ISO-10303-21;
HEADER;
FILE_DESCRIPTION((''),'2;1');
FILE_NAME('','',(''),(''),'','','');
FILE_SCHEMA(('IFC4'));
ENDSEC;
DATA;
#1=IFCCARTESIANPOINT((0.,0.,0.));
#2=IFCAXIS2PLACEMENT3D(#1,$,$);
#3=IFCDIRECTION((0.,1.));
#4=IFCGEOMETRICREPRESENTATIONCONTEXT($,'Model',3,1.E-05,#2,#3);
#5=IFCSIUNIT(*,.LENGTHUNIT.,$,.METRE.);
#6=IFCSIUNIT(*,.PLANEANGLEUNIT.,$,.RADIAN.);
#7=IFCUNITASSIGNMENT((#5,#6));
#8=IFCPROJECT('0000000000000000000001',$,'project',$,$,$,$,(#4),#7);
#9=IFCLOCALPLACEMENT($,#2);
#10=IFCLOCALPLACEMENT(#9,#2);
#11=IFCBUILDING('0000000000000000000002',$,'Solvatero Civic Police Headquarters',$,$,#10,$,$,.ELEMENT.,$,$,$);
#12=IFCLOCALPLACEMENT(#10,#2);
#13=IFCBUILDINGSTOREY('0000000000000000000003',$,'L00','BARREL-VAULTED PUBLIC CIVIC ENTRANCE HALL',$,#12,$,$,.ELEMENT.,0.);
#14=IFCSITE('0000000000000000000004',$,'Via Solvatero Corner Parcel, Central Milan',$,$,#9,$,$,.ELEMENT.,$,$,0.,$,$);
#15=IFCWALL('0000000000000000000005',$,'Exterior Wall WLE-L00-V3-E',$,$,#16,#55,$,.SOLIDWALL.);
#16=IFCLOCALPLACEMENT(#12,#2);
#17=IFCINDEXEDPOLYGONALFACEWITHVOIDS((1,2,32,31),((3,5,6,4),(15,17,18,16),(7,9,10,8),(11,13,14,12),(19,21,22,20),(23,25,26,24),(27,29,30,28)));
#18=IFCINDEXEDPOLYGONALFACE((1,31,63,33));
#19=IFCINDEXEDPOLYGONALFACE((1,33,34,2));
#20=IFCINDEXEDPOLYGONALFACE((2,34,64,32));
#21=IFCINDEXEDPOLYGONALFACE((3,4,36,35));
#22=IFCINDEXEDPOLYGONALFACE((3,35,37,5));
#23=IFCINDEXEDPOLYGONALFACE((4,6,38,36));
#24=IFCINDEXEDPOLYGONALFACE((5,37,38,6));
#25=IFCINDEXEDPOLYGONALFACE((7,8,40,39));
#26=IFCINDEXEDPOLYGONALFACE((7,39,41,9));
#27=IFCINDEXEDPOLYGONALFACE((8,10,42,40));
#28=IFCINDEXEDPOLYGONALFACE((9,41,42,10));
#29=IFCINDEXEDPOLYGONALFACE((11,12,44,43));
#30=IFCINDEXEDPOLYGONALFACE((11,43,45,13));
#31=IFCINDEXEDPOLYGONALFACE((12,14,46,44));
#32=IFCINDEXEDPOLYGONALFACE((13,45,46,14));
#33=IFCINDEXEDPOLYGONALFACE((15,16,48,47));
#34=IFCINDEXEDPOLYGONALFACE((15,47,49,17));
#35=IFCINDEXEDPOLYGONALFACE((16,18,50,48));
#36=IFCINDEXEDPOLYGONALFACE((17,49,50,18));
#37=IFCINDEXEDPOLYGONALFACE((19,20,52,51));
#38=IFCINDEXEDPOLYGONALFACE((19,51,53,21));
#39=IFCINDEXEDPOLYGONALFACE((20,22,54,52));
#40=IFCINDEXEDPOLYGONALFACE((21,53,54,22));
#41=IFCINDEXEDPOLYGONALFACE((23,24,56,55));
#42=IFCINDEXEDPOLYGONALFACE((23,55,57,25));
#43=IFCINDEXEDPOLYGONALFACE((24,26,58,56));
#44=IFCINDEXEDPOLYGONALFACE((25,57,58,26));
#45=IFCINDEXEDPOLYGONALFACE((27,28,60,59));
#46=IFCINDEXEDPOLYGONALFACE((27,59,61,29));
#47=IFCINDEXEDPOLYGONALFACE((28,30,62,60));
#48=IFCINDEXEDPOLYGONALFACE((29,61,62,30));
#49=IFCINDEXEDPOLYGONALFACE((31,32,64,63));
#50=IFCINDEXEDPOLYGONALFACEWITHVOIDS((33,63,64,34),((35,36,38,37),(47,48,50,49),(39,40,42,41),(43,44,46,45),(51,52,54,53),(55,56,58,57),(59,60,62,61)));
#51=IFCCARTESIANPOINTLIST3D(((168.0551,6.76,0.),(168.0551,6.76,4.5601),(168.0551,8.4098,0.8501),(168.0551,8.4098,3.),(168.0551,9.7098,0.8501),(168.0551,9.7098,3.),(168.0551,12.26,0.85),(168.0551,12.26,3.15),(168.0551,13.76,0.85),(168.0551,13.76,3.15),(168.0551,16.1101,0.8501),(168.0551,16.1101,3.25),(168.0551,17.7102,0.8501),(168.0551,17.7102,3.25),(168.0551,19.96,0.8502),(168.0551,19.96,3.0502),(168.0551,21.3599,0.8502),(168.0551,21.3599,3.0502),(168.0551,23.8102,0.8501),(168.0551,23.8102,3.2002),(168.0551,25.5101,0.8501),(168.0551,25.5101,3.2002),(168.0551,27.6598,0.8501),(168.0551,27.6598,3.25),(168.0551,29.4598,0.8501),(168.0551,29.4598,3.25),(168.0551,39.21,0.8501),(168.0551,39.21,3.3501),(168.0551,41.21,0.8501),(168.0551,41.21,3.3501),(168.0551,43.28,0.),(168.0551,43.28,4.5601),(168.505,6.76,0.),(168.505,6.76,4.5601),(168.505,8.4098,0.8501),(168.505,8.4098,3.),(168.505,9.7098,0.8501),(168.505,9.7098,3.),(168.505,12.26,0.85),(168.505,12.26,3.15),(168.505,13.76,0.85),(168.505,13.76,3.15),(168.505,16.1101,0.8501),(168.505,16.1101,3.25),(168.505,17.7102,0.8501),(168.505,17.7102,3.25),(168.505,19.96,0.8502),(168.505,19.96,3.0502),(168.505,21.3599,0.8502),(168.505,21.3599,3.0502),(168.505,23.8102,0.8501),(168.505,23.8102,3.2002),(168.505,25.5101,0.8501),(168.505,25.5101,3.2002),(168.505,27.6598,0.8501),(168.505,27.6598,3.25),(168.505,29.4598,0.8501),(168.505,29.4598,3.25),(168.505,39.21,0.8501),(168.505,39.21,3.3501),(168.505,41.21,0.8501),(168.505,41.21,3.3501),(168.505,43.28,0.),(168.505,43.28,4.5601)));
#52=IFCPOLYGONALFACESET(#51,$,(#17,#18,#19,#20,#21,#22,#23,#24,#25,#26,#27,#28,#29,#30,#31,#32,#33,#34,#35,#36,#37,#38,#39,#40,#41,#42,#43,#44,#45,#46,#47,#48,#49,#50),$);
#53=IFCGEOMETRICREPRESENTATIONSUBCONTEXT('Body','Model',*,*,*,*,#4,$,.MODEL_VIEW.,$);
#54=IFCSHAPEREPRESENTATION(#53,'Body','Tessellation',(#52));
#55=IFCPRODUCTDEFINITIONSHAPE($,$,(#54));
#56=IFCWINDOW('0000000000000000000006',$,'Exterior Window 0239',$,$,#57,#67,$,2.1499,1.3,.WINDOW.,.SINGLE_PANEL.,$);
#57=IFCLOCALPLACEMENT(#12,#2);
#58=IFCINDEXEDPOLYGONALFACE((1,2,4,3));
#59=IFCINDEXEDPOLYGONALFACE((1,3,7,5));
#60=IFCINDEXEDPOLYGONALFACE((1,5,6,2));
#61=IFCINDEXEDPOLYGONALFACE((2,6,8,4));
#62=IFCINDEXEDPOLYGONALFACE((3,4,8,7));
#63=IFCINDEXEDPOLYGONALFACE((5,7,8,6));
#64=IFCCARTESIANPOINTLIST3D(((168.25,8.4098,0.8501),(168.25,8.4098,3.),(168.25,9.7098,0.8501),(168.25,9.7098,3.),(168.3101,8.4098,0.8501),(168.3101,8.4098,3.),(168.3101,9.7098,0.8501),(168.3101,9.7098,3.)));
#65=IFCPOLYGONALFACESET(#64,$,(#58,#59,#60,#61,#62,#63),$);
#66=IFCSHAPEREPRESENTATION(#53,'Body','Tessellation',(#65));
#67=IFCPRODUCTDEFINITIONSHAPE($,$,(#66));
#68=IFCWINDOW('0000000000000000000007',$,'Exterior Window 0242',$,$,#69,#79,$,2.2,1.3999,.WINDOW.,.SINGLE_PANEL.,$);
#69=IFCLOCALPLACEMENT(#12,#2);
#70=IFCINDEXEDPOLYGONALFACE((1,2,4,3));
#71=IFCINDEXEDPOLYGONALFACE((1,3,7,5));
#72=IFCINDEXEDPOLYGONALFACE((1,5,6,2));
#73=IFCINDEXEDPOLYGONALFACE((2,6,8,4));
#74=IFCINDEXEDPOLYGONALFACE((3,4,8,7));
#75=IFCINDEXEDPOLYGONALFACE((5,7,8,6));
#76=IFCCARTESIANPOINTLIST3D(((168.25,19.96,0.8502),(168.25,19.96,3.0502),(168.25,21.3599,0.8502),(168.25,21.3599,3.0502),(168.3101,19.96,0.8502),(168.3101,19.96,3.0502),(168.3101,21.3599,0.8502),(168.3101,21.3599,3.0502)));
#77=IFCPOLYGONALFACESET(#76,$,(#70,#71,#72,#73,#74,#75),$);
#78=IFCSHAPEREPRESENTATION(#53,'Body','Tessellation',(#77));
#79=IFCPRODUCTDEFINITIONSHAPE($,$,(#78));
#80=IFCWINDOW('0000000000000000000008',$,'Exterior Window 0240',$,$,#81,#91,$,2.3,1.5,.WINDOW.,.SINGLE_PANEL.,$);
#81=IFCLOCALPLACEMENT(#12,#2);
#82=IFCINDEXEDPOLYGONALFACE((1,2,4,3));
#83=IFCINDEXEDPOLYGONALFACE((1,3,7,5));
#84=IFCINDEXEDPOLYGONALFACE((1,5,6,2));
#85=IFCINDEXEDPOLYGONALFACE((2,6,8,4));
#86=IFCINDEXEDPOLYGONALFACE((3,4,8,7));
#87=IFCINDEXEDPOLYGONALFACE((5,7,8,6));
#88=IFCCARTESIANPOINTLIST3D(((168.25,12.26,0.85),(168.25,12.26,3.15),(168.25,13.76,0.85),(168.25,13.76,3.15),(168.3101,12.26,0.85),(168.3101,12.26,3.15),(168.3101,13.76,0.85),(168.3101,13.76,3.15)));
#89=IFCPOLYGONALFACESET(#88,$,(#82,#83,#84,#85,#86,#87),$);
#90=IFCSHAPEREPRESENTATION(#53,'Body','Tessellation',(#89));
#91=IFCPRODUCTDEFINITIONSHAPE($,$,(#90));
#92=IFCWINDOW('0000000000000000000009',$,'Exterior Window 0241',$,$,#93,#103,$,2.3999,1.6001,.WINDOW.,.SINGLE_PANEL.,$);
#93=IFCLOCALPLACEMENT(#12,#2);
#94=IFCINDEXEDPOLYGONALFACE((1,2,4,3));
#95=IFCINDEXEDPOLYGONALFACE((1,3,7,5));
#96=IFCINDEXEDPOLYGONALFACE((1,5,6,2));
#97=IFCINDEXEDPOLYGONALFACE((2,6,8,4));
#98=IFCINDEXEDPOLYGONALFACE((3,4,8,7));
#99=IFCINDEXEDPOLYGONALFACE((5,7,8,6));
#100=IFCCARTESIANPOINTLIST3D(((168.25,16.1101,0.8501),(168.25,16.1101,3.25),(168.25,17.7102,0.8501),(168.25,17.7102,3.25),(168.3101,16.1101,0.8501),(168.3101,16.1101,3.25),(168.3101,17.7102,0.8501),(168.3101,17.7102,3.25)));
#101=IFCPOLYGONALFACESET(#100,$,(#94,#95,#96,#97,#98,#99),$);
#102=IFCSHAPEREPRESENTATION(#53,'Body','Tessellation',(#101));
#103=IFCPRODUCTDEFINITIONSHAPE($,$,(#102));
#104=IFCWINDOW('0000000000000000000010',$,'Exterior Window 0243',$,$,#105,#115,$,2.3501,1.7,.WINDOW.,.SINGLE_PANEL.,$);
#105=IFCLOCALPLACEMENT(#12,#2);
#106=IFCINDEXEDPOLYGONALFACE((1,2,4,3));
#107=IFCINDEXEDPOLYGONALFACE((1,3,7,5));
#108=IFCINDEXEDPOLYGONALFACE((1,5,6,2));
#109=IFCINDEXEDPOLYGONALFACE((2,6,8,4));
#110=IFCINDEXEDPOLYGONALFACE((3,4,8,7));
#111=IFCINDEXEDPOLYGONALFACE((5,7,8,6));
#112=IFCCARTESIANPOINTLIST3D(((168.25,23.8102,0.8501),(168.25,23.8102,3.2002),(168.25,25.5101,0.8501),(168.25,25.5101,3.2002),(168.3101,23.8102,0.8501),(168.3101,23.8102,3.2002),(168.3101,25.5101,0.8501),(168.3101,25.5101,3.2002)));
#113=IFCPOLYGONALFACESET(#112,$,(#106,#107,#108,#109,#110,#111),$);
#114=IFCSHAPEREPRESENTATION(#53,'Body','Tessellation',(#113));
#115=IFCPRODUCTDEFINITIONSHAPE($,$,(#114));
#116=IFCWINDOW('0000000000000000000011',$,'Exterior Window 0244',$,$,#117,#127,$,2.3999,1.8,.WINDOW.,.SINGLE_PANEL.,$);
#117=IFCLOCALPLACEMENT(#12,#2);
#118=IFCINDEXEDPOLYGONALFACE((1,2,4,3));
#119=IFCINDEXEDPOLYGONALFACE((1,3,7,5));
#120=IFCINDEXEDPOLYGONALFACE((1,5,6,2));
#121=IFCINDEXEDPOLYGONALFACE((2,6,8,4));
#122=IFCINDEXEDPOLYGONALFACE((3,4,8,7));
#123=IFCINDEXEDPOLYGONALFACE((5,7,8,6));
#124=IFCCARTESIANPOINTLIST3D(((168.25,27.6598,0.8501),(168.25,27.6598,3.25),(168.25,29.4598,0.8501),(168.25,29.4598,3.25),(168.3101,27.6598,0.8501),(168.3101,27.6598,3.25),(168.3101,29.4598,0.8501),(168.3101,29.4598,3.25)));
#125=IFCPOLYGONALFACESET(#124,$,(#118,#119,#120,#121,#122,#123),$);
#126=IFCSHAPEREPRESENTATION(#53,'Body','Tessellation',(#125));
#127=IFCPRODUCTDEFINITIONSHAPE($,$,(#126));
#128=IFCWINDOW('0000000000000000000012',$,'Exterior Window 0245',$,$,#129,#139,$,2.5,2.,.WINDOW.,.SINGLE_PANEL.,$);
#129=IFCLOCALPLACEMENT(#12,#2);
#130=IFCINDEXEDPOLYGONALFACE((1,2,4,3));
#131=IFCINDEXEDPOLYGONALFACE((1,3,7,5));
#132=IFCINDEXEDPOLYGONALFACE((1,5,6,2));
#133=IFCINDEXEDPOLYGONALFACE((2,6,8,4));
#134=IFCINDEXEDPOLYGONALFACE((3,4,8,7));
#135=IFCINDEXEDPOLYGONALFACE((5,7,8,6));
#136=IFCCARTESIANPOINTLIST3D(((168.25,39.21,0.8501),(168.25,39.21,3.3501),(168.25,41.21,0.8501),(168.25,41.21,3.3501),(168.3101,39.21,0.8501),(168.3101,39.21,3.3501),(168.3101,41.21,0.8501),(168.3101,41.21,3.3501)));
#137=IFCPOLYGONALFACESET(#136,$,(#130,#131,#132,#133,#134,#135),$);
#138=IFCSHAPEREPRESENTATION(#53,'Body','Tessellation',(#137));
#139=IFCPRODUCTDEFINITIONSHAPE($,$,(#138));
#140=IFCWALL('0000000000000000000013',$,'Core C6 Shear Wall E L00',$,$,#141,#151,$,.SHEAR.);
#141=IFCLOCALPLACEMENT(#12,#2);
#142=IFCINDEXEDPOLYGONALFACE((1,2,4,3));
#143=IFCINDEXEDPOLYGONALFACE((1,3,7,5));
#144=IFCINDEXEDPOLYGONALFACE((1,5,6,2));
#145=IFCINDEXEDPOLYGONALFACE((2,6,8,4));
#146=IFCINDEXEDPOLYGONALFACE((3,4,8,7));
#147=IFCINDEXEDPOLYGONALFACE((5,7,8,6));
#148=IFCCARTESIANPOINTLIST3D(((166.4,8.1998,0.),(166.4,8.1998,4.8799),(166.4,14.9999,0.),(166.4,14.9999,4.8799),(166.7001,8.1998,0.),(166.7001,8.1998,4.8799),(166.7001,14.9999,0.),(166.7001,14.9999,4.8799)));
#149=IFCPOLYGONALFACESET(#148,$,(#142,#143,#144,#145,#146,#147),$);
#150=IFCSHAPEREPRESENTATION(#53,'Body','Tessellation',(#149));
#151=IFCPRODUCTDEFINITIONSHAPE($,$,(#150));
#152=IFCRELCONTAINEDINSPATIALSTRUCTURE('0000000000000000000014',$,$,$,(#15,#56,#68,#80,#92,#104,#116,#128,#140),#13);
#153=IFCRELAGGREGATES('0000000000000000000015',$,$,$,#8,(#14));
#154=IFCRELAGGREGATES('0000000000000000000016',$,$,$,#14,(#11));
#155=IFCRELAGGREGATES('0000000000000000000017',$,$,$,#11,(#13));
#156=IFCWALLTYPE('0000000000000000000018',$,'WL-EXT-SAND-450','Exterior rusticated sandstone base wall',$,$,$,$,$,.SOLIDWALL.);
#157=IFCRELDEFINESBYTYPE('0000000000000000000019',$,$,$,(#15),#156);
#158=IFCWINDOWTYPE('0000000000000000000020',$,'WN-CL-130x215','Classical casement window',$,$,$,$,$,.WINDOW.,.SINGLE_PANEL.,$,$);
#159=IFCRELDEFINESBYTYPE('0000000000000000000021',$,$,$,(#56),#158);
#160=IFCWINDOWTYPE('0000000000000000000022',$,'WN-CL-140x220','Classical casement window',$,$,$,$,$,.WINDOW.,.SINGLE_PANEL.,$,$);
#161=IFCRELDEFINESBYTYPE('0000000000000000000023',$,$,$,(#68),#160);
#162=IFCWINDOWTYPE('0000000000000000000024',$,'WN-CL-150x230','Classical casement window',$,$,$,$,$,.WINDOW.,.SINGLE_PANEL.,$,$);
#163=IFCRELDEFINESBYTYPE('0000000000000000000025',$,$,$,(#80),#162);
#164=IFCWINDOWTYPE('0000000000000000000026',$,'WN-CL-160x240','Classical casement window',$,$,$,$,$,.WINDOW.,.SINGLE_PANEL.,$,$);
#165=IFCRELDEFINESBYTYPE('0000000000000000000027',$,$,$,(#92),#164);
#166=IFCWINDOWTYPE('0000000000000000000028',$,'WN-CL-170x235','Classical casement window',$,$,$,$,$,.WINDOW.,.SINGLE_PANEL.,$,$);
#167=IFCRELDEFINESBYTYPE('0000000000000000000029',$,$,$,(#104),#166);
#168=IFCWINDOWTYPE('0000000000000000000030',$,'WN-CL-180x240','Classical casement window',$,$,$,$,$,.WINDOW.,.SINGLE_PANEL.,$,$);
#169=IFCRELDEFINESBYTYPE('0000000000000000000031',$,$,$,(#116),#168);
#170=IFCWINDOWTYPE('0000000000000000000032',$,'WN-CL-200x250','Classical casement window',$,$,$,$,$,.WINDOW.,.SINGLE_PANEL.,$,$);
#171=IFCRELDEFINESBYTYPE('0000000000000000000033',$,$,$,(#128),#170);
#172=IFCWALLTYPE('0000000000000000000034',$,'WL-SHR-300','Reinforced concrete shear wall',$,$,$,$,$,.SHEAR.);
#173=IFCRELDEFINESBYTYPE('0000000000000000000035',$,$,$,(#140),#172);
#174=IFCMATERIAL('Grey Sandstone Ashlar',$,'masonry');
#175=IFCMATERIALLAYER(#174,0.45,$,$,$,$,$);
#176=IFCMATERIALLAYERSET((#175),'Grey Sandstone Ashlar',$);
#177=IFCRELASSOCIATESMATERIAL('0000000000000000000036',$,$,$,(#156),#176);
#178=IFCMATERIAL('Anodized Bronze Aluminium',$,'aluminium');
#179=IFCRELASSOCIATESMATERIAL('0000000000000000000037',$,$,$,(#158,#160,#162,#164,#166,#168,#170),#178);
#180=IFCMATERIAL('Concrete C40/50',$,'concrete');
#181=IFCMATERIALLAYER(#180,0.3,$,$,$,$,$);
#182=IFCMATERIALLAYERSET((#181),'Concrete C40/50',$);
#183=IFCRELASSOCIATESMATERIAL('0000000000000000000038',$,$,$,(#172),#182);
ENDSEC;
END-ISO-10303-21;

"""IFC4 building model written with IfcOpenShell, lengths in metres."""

from ifc_helpers import new_model, si_unit, direction, frame, frame_2d, origin, place, context, subcontext, project, spatial, rectangle, extrude, material, layer, layer_set, type_object, element, fill, save


model = new_model("IFC4")

# Units and contexts
model_context = context("Model", 3, precision=1e-05, world=origin(), true_north=direction((0.0, 1.0)))
body_context = subcontext(model_context, "Body", "Model", "MODEL_VIEW")
ifc_project = project(units=[si_unit("LENGTHUNIT", "METRE"), si_unit("PLANEANGLEUNIT", "RADIAN")], contexts=[model_context])

# Site, building, storey
site_placement = place(None, origin())
site = spatial("IfcSite", under=ifc_project, at=site_placement, Name="Via Solvatero Corner Parcel, Central Milan", CompositionType="ELEMENT", RefElevation=0.0)
building_placement = place(site_placement, origin())
building = spatial("IfcBuilding", under=site, at=building_placement, Name="Solvatero Civic Police Headquarters", CompositionType="ELEMENT")
storey_placement = place(building_placement, origin())
storey = spatial("IfcBuildingStorey", under=building, at=storey_placement, Name="L00", Description="BARREL-VAULTED PUBLIC CIVIC ENTRANCE HALL", CompositionType="ELEMENT", Elevation=0.0)

# Shared definitions
ifc_material_1 = material(Name="Concrete C40/50", Category="concrete")

# Wall, openings, windows
ifc_material_2 = material(Name="Grey Sandstone Ashlar", Category="masonry")
ifc_layer_1 = layer(ifc_material_2, 0.45)
ifc_layer_set_1 = layer_set([ifc_layer_1], Name="Grey Sandstone Ashlar")
wall_type_1 = type_object("IfcWallType", Name="WL-EXT-SAND-450", Description="Exterior rusticated sandstone base wall", PredefinedType="SOLIDWALL", material=ifc_layer_set_1)
wall_1_placement = place(storey_placement, frame((168.28, 6.76, 0.0), z_axis=(0.0, 0.0, 1.0), x_axis=(0.0, 1.0, 0.0)))
wall_1 = element("IfcWall", 1, at=wall_1_placement, inside=storey, type_object=wall_type_1, Name="Exterior Wall WLE-L00-V3-E", PredefinedType="SOLIDWALL", context=body_context, shape_type="SweptSolid", body=[
    extrude(rectangle(XDim=36.52, YDim=0.45, at=frame_2d((18.26, 0.0))), origin(), (0.0, 0.0, 1.0), 4.5601),
])
opening_1_placement = place(wall_1_placement, frame((1.6499, 0.0, 0.8501)))
opening_1 = element("IfcOpeningElement", 2, at=opening_1_placement, cuts=wall_1, PredefinedType="OPENING", context=body_context, shape_type="SweptSolid", body=[
    extrude(rectangle(XDim=1.3, YDim=2.1499, at=frame_2d((0.6499, 1.075))), frame((0.0, 0.2349, 0.0), z_axis=(0.0, -1.0, 0.0), x_axis=(1.0, 0.0, 0.0)), (0.0, 0.0, 1.0), 0.47),
])
opening_2_placement = place(wall_1_placement, frame((5.5, 0.0, 0.8501)))
opening_2 = element("IfcOpeningElement", 3, at=opening_2_placement, cuts=wall_1, PredefinedType="OPENING", context=body_context, shape_type="SweptSolid", body=[
    extrude(rectangle(XDim=1.5, YDim=2.3, at=frame_2d((0.75, 1.1499))), frame((0.0, 0.2349, 0.0), z_axis=(0.0, -1.0, 0.0), x_axis=(1.0, 0.0, 0.0)), (0.0, 0.0, 1.0), 0.47),
])
opening_3_placement = place(wall_1_placement, frame((9.3501, 0.0, 0.8501)))
opening_3 = element("IfcOpeningElement", 4, at=opening_3_placement, cuts=wall_1, PredefinedType="OPENING", context=body_context, shape_type="SweptSolid", body=[
    extrude(rectangle(XDim=1.6001, YDim=2.3999, at=frame_2d((0.8, 1.2))), frame((0.0, 0.2349, 0.0), z_axis=(0.0, -1.0, 0.0), x_axis=(1.0, 0.0, 0.0)), (0.0, 0.0, 1.0), 0.47),
])
opening_4_placement = place(wall_1_placement, frame((13.2, 0.0, 0.8501)))
opening_4 = element("IfcOpeningElement", 5, at=opening_4_placement, cuts=wall_1, PredefinedType="OPENING", context=body_context, shape_type="SweptSolid", body=[
    extrude(rectangle(XDim=1.3999, YDim=2.2, at=frame_2d((0.7, 1.1001))), frame((0.0, 0.2349, 0.0), z_axis=(0.0, -1.0, 0.0), x_axis=(1.0, 0.0, 0.0)), (0.0, 0.0, 1.0), 0.47),
])
opening_5_placement = place(wall_1_placement, frame((17.05, 0.0, 0.8501)))
opening_5 = element("IfcOpeningElement", 6, at=opening_5_placement, cuts=wall_1, PredefinedType="OPENING", context=body_context, shape_type="SweptSolid", body=[
    extrude(rectangle(XDim=1.7, YDim=2.3501, at=frame_2d((0.8501, 1.175))), frame((0.0, 0.2349, 0.0), z_axis=(0.0, -1.0, 0.0), x_axis=(1.0, 0.0, 0.0)), (0.0, 0.0, 1.0), 0.47),
])
opening_6_placement = place(wall_1_placement, frame((20.8999, 0.0, 0.8501)))
opening_6 = element("IfcOpeningElement", 7, at=opening_6_placement, cuts=wall_1, PredefinedType="OPENING", context=body_context, shape_type="SweptSolid", body=[
    extrude(rectangle(XDim=1.8, YDim=2.3999, at=frame_2d((0.8999, 1.2))), frame((0.0, 0.2349, 0.0), z_axis=(0.0, -1.0, 0.0), x_axis=(1.0, 0.0, 0.0)), (0.0, 0.0, 1.0), 0.47),
])
opening_7_placement = place(wall_1_placement, frame((32.45, 0.0, 0.8501)))
opening_7 = element("IfcOpeningElement", 8, at=opening_7_placement, cuts=wall_1, PredefinedType="OPENING", context=body_context, shape_type="SweptSolid", body=[
    extrude(rectangle(XDim=2.0, YDim=2.5, at=frame_2d((1.0, 1.25))), frame((0.0, 0.2349, 0.0), z_axis=(0.0, -1.0, 0.0), x_axis=(1.0, 0.0, 0.0)), (0.0, 0.0, 1.0), 0.47),
])
ifc_material_3 = material(Name="Anodized Bronze Aluminium", Category="aluminium")
window_type_1 = type_object("IfcWindowType", Name="WN-CL-130x215", Description="Classical casement window", PartitioningType="SINGLE_PANEL", PredefinedType="WINDOW", material=ifc_material_3)
window_1_placement = place(opening_1_placement, origin())
window_1 = element("IfcWindow", 9, at=window_1_placement, inside=storey, type_object=window_type_1, Name="Exterior Window 0239", OverallHeight=2.1499, OverallWidth=1.3, PartitioningType="SINGLE_PANEL", PredefinedType="WINDOW", context=body_context, shape_type="SweptSolid", body=[
    extrude(rectangle(XDim=1.3, YDim=2.1499, at=frame_2d((0.6499, 1.075))), frame((0.0, 0.03, 0.0), z_axis=(0.0, -1.0, 0.0), x_axis=(1.0, 0.0, 0.0)), (0.0, 0.0, 1.0), 0.0601),
])
fill(opening_1, window_1)
window_type_2 = type_object("IfcWindowType", Name="WN-CL-140x220", Description="Classical casement window", PartitioningType="SINGLE_PANEL", PredefinedType="WINDOW", material=ifc_material_3)
window_2_placement = place(opening_4_placement, origin())
window_2 = element("IfcWindow", 10, at=window_2_placement, inside=storey, type_object=window_type_2, Name="Exterior Window 0242", OverallHeight=2.2, OverallWidth=1.3999, PartitioningType="SINGLE_PANEL", PredefinedType="WINDOW", context=body_context, shape_type="SweptSolid", body=[
    extrude(rectangle(XDim=1.3999, YDim=2.2, at=frame_2d((0.7, 1.1001))), frame((0.0, 0.03, 0.0), z_axis=(0.0, -1.0, 0.0), x_axis=(1.0, 0.0, 0.0)), (0.0, 0.0, 1.0), 0.0601),
])
fill(opening_4, window_2)
window_type_3 = type_object("IfcWindowType", Name="WN-CL-150x230", Description="Classical casement window", PartitioningType="SINGLE_PANEL", PredefinedType="WINDOW", material=ifc_material_3)
window_3_placement = place(opening_2_placement, origin())
window_3 = element("IfcWindow", 11, at=window_3_placement, inside=storey, type_object=window_type_3, Name="Exterior Window 0240", OverallHeight=2.3, OverallWidth=1.5, PartitioningType="SINGLE_PANEL", PredefinedType="WINDOW", context=body_context, shape_type="SweptSolid", body=[
    extrude(rectangle(XDim=1.5, YDim=2.3, at=frame_2d((0.75, 1.1499))), frame((0.0, 0.03, 0.0), z_axis=(0.0, -1.0, 0.0), x_axis=(1.0, 0.0, 0.0)), (0.0, 0.0, 1.0), 0.0601),
])
fill(opening_2, window_3)
window_type_4 = type_object("IfcWindowType", Name="WN-CL-160x240", Description="Classical casement window", PartitioningType="SINGLE_PANEL", PredefinedType="WINDOW", material=ifc_material_3)
window_4_placement = place(opening_3_placement, origin())
window_4 = element("IfcWindow", 12, at=window_4_placement, inside=storey, type_object=window_type_4, Name="Exterior Window 0241", OverallHeight=2.3999, OverallWidth=1.6001, PartitioningType="SINGLE_PANEL", PredefinedType="WINDOW", context=body_context, shape_type="SweptSolid", body=[
    extrude(rectangle(XDim=1.6001, YDim=2.3999, at=frame_2d((0.8, 1.2))), frame((0.0, 0.03, 0.0), z_axis=(0.0, -1.0, 0.0), x_axis=(1.0, 0.0, 0.0)), (0.0, 0.0, 1.0), 0.0601),
])
fill(opening_3, window_4)
window_type_5 = type_object("IfcWindowType", Name="WN-CL-170x235", Description="Classical casement window", PartitioningType="SINGLE_PANEL", PredefinedType="WINDOW", material=ifc_material_3)
window_5_placement = place(opening_5_placement, origin())
window_5 = element("IfcWindow", 13, at=window_5_placement, inside=storey, type_object=window_type_5, Name="Exterior Window 0243", OverallHeight=2.3501, OverallWidth=1.7, PartitioningType="SINGLE_PANEL", PredefinedType="WINDOW", context=body_context, shape_type="SweptSolid", body=[
    extrude(rectangle(XDim=1.7, YDim=2.3501, at=frame_2d((0.8501, 1.175))), frame((0.0, 0.03, 0.0), z_axis=(0.0, -1.0, 0.0), x_axis=(1.0, 0.0, 0.0)), (0.0, 0.0, 1.0), 0.0601),
])
fill(opening_5, window_5)
window_type_6 = type_object("IfcWindowType", Name="WN-CL-180x240", Description="Classical casement window", PartitioningType="SINGLE_PANEL", PredefinedType="WINDOW", material=ifc_material_3)
window_6_placement = place(opening_6_placement, origin())
window_6 = element("IfcWindow", 14, at=window_6_placement, inside=storey, type_object=window_type_6, Name="Exterior Window 0244", OverallHeight=2.3999, OverallWidth=1.8, PartitioningType="SINGLE_PANEL", PredefinedType="WINDOW", context=body_context, shape_type="SweptSolid", body=[
    extrude(rectangle(XDim=1.8, YDim=2.3999, at=frame_2d((0.8999, 1.2))), frame((0.0, 0.03, 0.0), z_axis=(0.0, -1.0, 0.0), x_axis=(1.0, 0.0, 0.0)), (0.0, 0.0, 1.0), 0.0601),
])
fill(opening_6, window_6)
window_type_7 = type_object("IfcWindowType", Name="WN-CL-200x250", Description="Classical casement window", PartitioningType="SINGLE_PANEL", PredefinedType="WINDOW", material=ifc_material_3)
window_7_placement = place(opening_7_placement, origin())
window_7 = element("IfcWindow", 15, at=window_7_placement, inside=storey, type_object=window_type_7, Name="Exterior Window 0245", OverallHeight=2.5, OverallWidth=2.0, PartitioningType="SINGLE_PANEL", PredefinedType="WINDOW", context=body_context, shape_type="SweptSolid", body=[
    extrude(rectangle(XDim=2.0, YDim=2.5, at=frame_2d((1.0, 1.25))), frame((0.0, 0.03, 0.0), z_axis=(0.0, -1.0, 0.0), x_axis=(1.0, 0.0, 0.0)), (0.0, 0.0, 1.0), 0.0601),
])
fill(opening_7, window_7)

# Wall
ifc_layer_2 = layer(ifc_material_1, 0.3)
ifc_layer_set_2 = layer_set([ifc_layer_2], Name="Concrete C40/50")
wall_type_2 = type_object("IfcWallType", Name="WL-SHR-300", Description="Reinforced concrete shear wall", PredefinedType="SHEAR", material=ifc_layer_set_2)
wall_2_placement = place(storey_placement, frame((166.55, 8.2, 0.0), z_axis=(0.0, 0.0, 1.0), x_axis=(0.0, 1.0, 0.0)))
element("IfcWall", 16, at=wall_2_placement, inside=storey, type_object=wall_type_2, Name="Core C6 Shear Wall E L00", PredefinedType="SHEAR", context=body_context, shape_type="SweptSolid", body=[
    extrude(rectangle(XDim=6.8, YDim=0.3, at=frame_2d((3.3999, 0.0))), origin(), (0.0, 0.0, 1.0), 4.8799),
])

save(model, "model.ifc")
